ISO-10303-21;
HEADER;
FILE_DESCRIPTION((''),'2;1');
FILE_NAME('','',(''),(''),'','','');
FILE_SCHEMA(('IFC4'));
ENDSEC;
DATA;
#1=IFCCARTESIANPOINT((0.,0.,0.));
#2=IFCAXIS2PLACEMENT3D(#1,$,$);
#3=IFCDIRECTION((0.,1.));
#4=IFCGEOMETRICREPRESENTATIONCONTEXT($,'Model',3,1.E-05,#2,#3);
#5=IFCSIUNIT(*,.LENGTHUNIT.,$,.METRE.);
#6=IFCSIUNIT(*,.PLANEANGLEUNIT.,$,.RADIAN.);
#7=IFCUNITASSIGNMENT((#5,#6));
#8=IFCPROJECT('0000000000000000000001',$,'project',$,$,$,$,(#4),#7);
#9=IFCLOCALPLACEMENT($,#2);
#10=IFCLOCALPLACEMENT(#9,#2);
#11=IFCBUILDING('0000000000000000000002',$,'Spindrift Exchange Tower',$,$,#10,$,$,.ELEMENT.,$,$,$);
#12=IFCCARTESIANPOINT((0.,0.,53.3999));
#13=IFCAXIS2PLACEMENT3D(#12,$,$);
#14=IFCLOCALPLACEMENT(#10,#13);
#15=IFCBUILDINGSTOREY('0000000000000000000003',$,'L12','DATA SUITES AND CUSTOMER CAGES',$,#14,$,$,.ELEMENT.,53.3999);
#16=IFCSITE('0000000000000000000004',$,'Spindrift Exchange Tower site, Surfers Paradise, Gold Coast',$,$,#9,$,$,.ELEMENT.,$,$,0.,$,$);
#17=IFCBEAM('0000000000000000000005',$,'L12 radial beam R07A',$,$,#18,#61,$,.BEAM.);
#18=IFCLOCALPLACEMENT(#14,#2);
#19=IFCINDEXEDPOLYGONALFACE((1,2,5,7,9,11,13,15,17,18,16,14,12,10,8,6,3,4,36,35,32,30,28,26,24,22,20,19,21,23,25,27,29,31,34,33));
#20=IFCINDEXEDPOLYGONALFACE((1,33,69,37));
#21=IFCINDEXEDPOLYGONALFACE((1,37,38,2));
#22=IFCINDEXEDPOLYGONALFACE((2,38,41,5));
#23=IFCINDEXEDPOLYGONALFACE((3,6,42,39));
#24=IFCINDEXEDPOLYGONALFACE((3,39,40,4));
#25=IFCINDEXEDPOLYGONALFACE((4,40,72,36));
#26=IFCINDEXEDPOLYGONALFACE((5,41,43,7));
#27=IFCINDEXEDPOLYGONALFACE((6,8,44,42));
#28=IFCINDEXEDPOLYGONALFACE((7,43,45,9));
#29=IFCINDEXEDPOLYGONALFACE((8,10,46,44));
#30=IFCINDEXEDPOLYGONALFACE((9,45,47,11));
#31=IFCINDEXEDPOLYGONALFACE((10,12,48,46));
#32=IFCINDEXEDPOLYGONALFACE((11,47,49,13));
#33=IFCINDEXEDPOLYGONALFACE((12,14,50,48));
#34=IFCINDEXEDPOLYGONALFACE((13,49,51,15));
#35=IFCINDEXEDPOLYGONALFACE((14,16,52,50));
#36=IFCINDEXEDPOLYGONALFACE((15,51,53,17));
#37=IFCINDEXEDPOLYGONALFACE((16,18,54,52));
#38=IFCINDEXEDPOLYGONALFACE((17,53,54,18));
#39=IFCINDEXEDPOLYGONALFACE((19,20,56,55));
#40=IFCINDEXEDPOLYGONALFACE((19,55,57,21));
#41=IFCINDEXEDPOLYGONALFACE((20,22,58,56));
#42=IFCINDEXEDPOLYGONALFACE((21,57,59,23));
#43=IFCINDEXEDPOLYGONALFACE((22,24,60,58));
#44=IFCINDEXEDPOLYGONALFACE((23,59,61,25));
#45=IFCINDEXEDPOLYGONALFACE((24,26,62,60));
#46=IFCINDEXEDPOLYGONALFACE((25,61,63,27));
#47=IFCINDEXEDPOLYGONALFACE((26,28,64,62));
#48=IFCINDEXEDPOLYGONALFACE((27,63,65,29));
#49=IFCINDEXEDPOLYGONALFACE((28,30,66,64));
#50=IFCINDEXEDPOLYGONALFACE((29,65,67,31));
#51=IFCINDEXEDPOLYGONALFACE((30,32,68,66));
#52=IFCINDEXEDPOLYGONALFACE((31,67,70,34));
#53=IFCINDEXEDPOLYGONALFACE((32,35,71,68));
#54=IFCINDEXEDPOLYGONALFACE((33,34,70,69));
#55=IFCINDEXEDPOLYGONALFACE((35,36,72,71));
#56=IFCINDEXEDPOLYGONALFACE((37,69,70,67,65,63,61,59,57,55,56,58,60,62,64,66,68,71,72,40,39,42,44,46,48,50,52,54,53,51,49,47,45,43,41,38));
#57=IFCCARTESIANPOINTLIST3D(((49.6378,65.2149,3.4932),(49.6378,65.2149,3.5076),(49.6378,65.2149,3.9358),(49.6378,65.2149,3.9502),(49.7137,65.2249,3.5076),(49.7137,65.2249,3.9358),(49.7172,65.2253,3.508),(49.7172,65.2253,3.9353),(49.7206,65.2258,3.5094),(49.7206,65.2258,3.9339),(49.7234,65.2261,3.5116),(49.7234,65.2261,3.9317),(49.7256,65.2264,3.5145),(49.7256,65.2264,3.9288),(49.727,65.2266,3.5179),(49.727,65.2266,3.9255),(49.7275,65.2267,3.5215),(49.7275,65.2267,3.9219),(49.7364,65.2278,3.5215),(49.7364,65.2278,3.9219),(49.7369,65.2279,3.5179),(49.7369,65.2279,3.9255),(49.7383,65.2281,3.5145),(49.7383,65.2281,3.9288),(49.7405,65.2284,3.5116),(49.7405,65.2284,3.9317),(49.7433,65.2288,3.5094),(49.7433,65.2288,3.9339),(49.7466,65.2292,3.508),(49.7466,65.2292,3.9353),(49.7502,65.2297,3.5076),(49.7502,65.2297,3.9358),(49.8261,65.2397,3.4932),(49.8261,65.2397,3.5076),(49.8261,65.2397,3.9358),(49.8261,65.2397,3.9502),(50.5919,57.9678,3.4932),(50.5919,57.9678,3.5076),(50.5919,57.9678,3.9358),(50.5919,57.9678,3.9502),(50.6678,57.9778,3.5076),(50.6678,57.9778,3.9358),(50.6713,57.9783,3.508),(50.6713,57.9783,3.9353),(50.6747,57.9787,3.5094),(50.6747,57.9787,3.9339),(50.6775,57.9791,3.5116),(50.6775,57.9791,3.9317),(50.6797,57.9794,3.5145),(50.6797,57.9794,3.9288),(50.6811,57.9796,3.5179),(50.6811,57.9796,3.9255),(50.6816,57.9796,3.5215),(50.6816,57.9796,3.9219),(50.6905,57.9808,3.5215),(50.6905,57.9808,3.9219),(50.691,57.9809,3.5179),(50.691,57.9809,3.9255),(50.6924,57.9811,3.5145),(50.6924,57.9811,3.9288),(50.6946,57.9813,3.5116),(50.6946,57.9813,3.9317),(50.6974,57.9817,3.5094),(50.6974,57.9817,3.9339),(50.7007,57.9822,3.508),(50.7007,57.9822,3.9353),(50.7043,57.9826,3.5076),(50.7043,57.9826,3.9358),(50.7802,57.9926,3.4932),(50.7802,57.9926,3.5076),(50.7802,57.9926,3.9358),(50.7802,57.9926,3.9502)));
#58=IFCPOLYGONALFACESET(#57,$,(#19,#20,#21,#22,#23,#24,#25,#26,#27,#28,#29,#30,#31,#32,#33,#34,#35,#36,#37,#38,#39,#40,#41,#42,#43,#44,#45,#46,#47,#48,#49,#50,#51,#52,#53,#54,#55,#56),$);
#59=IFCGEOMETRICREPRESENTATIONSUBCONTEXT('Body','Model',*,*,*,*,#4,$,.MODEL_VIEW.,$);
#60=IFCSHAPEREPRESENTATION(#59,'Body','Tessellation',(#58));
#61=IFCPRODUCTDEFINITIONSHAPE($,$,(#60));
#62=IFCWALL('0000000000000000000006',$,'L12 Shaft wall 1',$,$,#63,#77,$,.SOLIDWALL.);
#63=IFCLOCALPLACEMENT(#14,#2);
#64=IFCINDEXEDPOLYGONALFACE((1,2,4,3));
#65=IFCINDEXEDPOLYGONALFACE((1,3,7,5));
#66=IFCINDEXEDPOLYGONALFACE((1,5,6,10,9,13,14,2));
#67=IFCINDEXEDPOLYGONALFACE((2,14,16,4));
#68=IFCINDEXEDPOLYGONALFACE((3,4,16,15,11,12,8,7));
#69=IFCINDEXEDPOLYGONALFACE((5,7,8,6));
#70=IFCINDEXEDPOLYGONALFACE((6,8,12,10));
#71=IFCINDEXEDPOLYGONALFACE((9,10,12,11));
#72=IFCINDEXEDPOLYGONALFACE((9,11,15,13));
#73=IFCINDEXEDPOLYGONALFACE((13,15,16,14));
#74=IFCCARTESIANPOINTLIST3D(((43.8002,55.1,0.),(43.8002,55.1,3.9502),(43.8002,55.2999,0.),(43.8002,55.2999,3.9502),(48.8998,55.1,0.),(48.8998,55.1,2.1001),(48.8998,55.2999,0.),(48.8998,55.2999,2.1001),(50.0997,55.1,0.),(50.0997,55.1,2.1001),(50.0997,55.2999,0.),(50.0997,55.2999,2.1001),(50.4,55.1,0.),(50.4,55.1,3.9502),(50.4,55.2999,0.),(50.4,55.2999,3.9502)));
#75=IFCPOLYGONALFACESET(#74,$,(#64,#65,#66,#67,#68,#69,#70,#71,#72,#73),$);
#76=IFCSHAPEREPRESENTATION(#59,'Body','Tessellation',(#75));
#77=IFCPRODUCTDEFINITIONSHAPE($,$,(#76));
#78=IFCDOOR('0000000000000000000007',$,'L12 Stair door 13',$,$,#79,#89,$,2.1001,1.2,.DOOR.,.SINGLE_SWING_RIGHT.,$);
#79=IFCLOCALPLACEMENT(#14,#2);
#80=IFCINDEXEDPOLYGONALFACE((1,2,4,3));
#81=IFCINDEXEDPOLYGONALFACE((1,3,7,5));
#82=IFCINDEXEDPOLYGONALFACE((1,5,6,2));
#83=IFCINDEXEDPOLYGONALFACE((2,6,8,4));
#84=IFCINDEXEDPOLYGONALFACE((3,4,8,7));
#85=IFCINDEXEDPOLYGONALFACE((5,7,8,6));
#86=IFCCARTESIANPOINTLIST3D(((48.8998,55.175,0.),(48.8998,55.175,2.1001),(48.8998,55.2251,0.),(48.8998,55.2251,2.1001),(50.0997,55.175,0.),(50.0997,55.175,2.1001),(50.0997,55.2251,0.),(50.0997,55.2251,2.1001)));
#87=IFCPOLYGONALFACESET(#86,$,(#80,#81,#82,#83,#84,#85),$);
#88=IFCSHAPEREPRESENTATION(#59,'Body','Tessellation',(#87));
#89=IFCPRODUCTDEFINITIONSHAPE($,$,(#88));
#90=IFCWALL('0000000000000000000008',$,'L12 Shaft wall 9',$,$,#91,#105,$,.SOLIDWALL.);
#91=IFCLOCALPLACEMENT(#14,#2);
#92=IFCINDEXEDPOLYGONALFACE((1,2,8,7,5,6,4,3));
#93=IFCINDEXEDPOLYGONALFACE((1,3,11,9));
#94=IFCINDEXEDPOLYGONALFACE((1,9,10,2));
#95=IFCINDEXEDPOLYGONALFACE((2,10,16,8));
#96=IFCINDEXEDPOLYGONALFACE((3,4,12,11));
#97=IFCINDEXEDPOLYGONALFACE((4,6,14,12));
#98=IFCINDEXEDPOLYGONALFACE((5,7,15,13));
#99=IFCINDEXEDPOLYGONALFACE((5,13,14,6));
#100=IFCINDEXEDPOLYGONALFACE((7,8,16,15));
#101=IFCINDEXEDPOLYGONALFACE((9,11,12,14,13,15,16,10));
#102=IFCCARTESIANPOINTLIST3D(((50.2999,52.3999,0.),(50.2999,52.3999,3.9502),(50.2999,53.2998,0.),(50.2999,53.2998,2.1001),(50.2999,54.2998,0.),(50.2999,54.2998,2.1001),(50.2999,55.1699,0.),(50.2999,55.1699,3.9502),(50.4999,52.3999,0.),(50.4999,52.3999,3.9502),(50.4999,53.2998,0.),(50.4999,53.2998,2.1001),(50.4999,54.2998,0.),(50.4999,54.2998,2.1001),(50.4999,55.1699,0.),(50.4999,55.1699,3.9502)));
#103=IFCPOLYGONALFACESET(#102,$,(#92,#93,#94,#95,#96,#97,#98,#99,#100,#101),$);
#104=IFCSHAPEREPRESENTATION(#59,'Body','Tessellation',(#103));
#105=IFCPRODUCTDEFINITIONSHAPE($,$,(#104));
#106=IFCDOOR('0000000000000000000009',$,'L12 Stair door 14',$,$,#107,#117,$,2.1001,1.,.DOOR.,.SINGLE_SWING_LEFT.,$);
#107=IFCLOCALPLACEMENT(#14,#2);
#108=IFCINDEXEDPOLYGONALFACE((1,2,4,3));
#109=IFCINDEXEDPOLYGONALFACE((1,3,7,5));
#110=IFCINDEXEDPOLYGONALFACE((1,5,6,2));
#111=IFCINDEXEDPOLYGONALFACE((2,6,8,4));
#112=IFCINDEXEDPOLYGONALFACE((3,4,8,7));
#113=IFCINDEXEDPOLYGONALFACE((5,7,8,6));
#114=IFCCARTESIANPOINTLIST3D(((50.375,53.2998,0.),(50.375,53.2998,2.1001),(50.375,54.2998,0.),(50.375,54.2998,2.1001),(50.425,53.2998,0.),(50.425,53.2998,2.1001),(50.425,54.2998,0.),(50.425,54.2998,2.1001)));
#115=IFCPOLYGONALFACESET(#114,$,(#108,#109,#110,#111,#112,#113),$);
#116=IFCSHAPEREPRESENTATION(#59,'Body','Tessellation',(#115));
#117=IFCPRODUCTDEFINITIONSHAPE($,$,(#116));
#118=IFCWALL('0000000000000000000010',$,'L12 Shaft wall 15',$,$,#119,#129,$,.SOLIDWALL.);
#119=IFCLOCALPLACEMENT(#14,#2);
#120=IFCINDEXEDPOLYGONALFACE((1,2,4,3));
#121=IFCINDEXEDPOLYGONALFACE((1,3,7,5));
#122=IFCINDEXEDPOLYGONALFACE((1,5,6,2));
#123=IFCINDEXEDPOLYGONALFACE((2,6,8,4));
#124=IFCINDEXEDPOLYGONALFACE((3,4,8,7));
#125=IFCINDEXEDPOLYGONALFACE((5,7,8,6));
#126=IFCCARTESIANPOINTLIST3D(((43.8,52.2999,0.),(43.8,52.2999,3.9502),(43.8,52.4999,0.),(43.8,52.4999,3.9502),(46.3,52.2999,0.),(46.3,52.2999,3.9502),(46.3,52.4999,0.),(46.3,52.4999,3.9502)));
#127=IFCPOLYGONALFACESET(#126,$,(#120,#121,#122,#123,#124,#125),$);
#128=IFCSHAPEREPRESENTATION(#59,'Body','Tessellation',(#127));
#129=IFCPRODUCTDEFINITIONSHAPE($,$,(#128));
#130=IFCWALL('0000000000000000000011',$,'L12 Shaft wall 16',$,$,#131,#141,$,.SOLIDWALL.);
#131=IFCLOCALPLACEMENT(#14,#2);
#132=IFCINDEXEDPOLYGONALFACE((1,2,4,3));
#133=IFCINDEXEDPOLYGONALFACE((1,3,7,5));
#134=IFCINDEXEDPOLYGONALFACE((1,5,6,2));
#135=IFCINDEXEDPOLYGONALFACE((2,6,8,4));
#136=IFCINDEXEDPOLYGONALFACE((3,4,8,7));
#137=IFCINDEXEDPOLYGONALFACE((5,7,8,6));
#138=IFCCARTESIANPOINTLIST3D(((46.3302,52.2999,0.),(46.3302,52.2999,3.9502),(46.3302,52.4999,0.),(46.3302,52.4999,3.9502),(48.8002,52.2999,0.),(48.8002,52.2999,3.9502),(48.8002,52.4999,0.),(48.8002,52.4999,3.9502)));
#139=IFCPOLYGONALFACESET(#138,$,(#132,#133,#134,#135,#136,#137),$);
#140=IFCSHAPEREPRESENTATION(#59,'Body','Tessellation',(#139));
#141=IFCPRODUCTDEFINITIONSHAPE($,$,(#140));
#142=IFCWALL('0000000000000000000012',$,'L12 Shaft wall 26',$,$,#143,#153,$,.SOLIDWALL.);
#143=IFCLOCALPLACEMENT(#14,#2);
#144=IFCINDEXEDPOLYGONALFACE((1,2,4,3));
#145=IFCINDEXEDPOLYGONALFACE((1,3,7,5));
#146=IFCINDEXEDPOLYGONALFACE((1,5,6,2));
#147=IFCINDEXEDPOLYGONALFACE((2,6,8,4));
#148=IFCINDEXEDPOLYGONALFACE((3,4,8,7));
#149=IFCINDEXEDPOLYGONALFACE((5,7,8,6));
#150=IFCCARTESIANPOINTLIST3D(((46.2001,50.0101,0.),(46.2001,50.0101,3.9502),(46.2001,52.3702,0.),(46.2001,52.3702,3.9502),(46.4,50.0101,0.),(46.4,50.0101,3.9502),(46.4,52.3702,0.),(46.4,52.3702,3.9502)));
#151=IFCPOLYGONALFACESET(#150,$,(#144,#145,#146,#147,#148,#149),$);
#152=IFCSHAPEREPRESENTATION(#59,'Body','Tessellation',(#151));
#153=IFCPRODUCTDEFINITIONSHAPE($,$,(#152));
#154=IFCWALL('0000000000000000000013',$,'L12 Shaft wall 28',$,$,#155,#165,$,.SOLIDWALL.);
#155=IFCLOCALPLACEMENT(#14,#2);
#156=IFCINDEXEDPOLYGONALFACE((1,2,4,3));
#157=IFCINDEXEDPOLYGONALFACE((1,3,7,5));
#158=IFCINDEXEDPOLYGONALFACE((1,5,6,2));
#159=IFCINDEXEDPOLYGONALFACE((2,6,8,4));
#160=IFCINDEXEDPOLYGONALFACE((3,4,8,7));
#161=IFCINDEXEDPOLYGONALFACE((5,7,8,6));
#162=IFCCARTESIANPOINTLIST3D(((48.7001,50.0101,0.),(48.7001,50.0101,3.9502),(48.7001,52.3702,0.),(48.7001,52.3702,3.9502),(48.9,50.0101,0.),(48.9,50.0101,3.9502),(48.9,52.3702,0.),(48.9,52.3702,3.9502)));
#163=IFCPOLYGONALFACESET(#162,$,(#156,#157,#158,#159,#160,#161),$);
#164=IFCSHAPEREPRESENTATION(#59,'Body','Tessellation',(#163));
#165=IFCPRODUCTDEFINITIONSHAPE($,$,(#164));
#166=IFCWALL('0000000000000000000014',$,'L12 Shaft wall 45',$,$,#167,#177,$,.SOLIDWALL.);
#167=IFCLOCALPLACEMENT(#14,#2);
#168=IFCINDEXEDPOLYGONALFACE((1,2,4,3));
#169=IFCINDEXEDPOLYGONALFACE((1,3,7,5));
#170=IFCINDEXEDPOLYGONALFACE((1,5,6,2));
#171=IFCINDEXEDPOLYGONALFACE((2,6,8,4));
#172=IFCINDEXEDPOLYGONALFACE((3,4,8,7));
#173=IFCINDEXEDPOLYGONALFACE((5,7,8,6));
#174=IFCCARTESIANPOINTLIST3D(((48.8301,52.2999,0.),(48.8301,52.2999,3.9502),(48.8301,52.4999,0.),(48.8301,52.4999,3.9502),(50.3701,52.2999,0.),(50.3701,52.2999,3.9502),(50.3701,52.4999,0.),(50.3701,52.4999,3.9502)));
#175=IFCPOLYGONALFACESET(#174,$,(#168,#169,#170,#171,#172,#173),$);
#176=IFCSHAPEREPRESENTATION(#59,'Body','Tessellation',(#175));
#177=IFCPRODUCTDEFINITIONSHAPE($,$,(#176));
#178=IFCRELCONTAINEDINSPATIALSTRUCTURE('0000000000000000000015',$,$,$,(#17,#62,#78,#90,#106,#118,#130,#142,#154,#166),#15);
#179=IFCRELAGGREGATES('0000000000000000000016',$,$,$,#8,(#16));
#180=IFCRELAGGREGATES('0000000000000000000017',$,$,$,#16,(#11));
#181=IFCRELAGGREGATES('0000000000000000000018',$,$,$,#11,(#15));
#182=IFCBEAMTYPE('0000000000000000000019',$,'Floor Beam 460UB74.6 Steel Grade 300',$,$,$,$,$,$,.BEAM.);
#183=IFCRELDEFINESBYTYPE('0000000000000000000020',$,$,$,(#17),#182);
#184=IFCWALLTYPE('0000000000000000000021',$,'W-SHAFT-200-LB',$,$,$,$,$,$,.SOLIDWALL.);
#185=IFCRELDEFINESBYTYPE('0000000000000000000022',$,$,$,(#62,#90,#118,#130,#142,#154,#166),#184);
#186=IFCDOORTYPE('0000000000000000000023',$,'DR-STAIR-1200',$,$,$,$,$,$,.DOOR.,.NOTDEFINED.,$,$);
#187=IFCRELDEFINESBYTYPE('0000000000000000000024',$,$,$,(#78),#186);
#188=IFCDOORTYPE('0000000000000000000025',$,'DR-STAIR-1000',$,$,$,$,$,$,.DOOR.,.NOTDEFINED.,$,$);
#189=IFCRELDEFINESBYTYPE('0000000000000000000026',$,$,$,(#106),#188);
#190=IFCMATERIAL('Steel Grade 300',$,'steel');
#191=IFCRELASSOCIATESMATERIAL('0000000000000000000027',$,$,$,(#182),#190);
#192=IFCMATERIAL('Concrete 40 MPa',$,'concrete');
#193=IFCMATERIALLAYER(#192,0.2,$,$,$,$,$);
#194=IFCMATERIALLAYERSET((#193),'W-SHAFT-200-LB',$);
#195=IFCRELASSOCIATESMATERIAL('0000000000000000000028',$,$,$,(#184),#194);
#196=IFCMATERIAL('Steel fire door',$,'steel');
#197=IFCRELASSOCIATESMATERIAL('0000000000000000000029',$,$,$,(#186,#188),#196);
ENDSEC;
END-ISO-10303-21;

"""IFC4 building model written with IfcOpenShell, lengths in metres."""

from ifc_helpers import new_model, si_unit, direction, frame, frame_2d, origin, origin_2d, place, context, subcontext, project, spatial, rectangle, i_section, extrude, source, transform, mapped, material, layer, layer_set, material_profile, profile_set, type_object, element, fill, save


model = new_model("IFC4")

# Units and contexts
model_context = context("Model", 3, precision=1e-05, world=origin(), true_north=direction((0.0, 1.0)))
body_context = subcontext(model_context, "Body", "Model", "MODEL_VIEW")
ifc_project = project(units=[si_unit("LENGTHUNIT", "METRE"), si_unit("PLANEANGLEUNIT", "RADIAN")], contexts=[model_context])

# Site, building, storey
site_placement = place(None, origin())
site = spatial("IfcSite", under=ifc_project, at=site_placement, Name="Spindrift Exchange Tower site, Surfers Paradise, Gold Coast", CompositionType="ELEMENT", RefElevation=0.0)
building_placement = place(site_placement, origin())
building = spatial("IfcBuilding", under=site, at=building_placement, Name="Spindrift Exchange Tower", CompositionType="ELEMENT")
storey_placement = place(building_placement, frame((0.0, 0.0, 53.3999)))
storey = spatial("IfcBuildingStorey", under=building, at=storey_placement, Name="L12", Description="DATA SUITES AND CUSTOMER CAGES", CompositionType="ELEMENT", Elevation=53.3999)

# Beam
ifc_material_1 = material(Name="Steel Grade 300", Category="steel")
ifc_material_profile = material_profile(ifc_material_1, i_section(OverallWidth=0.1899, OverallDepth=0.457, WebThickness=0.009, FlangeThickness=0.0144, FilletRadius=0.0139, at=origin_2d()), Name="460UB74.6")
ifc_profile_set = profile_set([ifc_material_profile], Name="Steel Grade 300")
beam_type = type_object("IfcBeamType", Name="Floor Beam 460UB74.6 Steel Grade 300", PredefinedType="BEAM", material=ifc_profile_set)
shared_shape_1 = source(origin(), body_context, "Body", "SweptSolid", [
    extrude(i_section(OverallWidth=0.1899, OverallDepth=0.457, WebThickness=0.009, FlangeThickness=0.0144, FilletRadius=0.0139, at=origin_2d()), origin(), (0.0, 0.0, 1.0), 7.3096),
])
beam_placement = place(storey_placement, frame((50.686, 57.9802, 3.7217), z_axis=(-0.130527, 0.991445, 0.0), x_axis=(-0.991445, -0.130527, 0.0)))
element("IfcBeam", 1, at=beam_placement, inside=storey, type_object=beam_type, Name="L12 radial beam R07A", PredefinedType="BEAM", context=body_context, shape_type="MappedRepresentation", body=[
    mapped(shared_shape_1, transform((0.0, 0.0, 0.0), scale=1.0)),
])

# Walls, openings, doors
ifc_material_2 = material(Name="Concrete 40 MPa", Category="concrete")
ifc_layer = layer(ifc_material_2, 0.2)
ifc_layer_set = layer_set([ifc_layer], Name="W-SHAFT-200-LB")
wall_type = type_object("IfcWallType", Name="W-SHAFT-200-LB", PredefinedType="SOLIDWALL", material=ifc_layer_set)
wall_1_placement = place(storey_placement, frame((50.3999, 55.2, 0.0), z_axis=(0.0, 0.0, 1.0), x_axis=(-1.0, 0.0, 0.0)))
wall_1 = element("IfcWall", 2, at=wall_1_placement, inside=storey, type_object=wall_type, Name="L12 Shaft wall 1", PredefinedType="SOLIDWALL", context=body_context, shape_type="SweptSolid", body=[
    extrude(rectangle(XDim=6.5999, YDim=0.2, at=frame_2d((3.2998, 0.0))), origin(), (0.0, 0.0, 1.0), 3.9502),
])
opening_1_placement = place(wall_1_placement, frame((0.3, 0.0, 0.0)))
opening_1 = element("IfcOpeningElement", 3, at=opening_1_placement, cuts=wall_1, PredefinedType="OPENING", context=body_context, shape_type="SweptSolid", body=[
    extrude(rectangle(XDim=1.2, YDim=2.1001, at=frame_2d((0.6001, 1.05))), frame((0.0, 0.1099, 0.0), z_axis=(0.0, -1.0, 0.0), x_axis=(1.0, 0.0, 0.0)), (0.0, 0.0, 1.0), 0.22),
])
ifc_material_3 = material(Name="Steel fire door", Category="steel")
door_type_1 = type_object("IfcDoorType", Name="DR-STAIR-1200", OperationType="NOTDEFINED", PredefinedType="DOOR", material=ifc_material_3)
shared_shape_2 = source(origin(), body_context, "Body", "SweptSolid", [
    extrude(rectangle(XDim=1.2, YDim=2.1001, at=frame_2d((0.6001, 1.05))), frame((0.0, 0.0249, 0.0), z_axis=(0.0, -1.0, 0.0), x_axis=(1.0, 0.0, 0.0)), (0.0, 0.0, 1.0), 0.05),
])
door_1_placement = place(opening_1_placement, origin())
door_1 = element("IfcDoor", 4, at=door_1_placement, inside=storey, type_object=door_type_1, Name="L12 Stair door 13", OperationType="SINGLE_SWING_RIGHT", OverallHeight=2.1001, OverallWidth=1.2, PredefinedType="DOOR", context=body_context, shape_type="MappedRepresentation", body=[
    mapped(shared_shape_2, transform((0.0, 0.0, 0.0), scale=1.0)),
])
fill(opening_1, door_1)
wall_2_placement = place(storey_placement, frame((50.3999, 52.3999, 0.0), z_axis=(0.0, 0.0, 1.0), x_axis=(0.0, 1.0, 0.0)))
wall_2 = element("IfcWall", 5, at=wall_2_placement, inside=storey, type_object=wall_type, Name="L12 Shaft wall 9", PredefinedType="SOLIDWALL", context=body_context, shape_type="SweptSolid", body=[
    extrude(rectangle(XDim=2.77, YDim=0.2, at=frame_2d((1.385, 0.0))), origin(), (0.0, 0.0, 1.0), 3.9502),
])
opening_2_placement = place(wall_2_placement, frame((0.8999, 0.0, 0.0)))
opening_2 = element("IfcOpeningElement", 6, at=opening_2_placement, cuts=wall_2, PredefinedType="OPENING", context=body_context, shape_type="SweptSolid", body=[
    extrude(rectangle(XDim=1.0, YDim=2.1001, at=frame_2d((0.5, 1.05))), frame((0.0, 0.1099, 0.0), z_axis=(0.0, -1.0, 0.0), x_axis=(1.0, 0.0, 0.0)), (0.0, 0.0, 1.0), 0.22),
])
door_type_2 = type_object("IfcDoorType", Name="DR-STAIR-1000", OperationType="NOTDEFINED", PredefinedType="DOOR", material=ifc_material_3)
shared_shape_3 = source(origin(), body_context, "Body", "SweptSolid", [
    extrude(rectangle(XDim=1.0, YDim=2.1001, at=frame_2d((0.5, 1.05))), frame((0.0, 0.0249, 0.0), z_axis=(0.0, -1.0, 0.0), x_axis=(1.0, 0.0, 0.0)), (0.0, 0.0, 1.0), 0.05),
])
door_2_placement = place(opening_2_placement, origin())
door_2 = element("IfcDoor", 7, at=door_2_placement, inside=storey, type_object=door_type_2, Name="L12 Stair door 14", OperationType="SINGLE_SWING_LEFT", OverallHeight=2.1001, OverallWidth=1.0, PredefinedType="DOOR", context=body_context, shape_type="MappedRepresentation", body=[
    mapped(shared_shape_3, transform((0.0, 0.0, 0.0), scale=1.0)),
])
fill(opening_2, door_2)

# Walls
wall_3_placement = place(storey_placement, frame((46.3, 52.3999, 0.0), z_axis=(0.0, 0.0, 1.0), x_axis=(-1.0, 0.0, 0.0)))
element("IfcWall", 8, at=wall_3_placement, inside=storey, type_object=wall_type, Name="L12 Shaft wall 15", PredefinedType="SOLIDWALL", context=body_context, shape_type="SweptSolid", body=[
    extrude(rectangle(XDim=2.5, YDim=0.2, at=frame_2d((1.25, 0.0))), origin(), (0.0, 0.0, 1.0), 3.9502),
])
wall_4_placement = place(storey_placement, frame((48.8, 52.3999, 0.0), z_axis=(0.0, 0.0, 1.0), x_axis=(-1.0, 0.0, 0.0)))
element("IfcWall", 9, at=wall_4_placement, inside=storey, type_object=wall_type, Name="L12 Shaft wall 16", PredefinedType="SOLIDWALL", context=body_context, shape_type="SweptSolid", body=[
    extrude(rectangle(XDim=2.47, YDim=0.2, at=frame_2d((1.2349, 0.0))), origin(), (0.0, 0.0, 1.0), 3.9502),
])
for number, where, z_axis, x_axis, name in (
    (10, (46.3, 50.01, 0.0), (0.0, 0.0, 1.0), (0.0, 1.0, 0.0), "L12 Shaft wall 26"),
    (11, (48.8, 50.01, 0.0), (0.0, 0.0, 1.0), (0.0, 1.0, 0.0), "L12 Shaft wall 28"),
):
    element("IfcWall", number, at=place(storey_placement, frame(where, z_axis=z_axis, x_axis=x_axis)), inside=storey, type_object=wall_type, Name=name, PredefinedType="SOLIDWALL", context=body_context, shape_type="SweptSolid", body=[
        extrude(rectangle(XDim=2.3601, YDim=0.2, at=frame_2d((1.1802, 0.0))), origin(), (0.0, 0.0, 1.0), 3.9502),
    ])
wall_5_placement = place(storey_placement, frame((50.3701, 52.3999, 0.0), z_axis=(0.0, 0.0, 1.0), x_axis=(-1.0, 0.0, 0.0)))
element("IfcWall", 12, at=wall_5_placement, inside=storey, type_object=wall_type, Name="L12 Shaft wall 45", PredefinedType="SOLIDWALL", context=body_context, shape_type="SweptSolid", body=[
    extrude(rectangle(XDim=1.54, YDim=0.2, at=frame_2d((0.77, 0.0))), origin(), (0.0, 0.0, 1.0), 3.9502),
])

save(model, "model.ifc")
